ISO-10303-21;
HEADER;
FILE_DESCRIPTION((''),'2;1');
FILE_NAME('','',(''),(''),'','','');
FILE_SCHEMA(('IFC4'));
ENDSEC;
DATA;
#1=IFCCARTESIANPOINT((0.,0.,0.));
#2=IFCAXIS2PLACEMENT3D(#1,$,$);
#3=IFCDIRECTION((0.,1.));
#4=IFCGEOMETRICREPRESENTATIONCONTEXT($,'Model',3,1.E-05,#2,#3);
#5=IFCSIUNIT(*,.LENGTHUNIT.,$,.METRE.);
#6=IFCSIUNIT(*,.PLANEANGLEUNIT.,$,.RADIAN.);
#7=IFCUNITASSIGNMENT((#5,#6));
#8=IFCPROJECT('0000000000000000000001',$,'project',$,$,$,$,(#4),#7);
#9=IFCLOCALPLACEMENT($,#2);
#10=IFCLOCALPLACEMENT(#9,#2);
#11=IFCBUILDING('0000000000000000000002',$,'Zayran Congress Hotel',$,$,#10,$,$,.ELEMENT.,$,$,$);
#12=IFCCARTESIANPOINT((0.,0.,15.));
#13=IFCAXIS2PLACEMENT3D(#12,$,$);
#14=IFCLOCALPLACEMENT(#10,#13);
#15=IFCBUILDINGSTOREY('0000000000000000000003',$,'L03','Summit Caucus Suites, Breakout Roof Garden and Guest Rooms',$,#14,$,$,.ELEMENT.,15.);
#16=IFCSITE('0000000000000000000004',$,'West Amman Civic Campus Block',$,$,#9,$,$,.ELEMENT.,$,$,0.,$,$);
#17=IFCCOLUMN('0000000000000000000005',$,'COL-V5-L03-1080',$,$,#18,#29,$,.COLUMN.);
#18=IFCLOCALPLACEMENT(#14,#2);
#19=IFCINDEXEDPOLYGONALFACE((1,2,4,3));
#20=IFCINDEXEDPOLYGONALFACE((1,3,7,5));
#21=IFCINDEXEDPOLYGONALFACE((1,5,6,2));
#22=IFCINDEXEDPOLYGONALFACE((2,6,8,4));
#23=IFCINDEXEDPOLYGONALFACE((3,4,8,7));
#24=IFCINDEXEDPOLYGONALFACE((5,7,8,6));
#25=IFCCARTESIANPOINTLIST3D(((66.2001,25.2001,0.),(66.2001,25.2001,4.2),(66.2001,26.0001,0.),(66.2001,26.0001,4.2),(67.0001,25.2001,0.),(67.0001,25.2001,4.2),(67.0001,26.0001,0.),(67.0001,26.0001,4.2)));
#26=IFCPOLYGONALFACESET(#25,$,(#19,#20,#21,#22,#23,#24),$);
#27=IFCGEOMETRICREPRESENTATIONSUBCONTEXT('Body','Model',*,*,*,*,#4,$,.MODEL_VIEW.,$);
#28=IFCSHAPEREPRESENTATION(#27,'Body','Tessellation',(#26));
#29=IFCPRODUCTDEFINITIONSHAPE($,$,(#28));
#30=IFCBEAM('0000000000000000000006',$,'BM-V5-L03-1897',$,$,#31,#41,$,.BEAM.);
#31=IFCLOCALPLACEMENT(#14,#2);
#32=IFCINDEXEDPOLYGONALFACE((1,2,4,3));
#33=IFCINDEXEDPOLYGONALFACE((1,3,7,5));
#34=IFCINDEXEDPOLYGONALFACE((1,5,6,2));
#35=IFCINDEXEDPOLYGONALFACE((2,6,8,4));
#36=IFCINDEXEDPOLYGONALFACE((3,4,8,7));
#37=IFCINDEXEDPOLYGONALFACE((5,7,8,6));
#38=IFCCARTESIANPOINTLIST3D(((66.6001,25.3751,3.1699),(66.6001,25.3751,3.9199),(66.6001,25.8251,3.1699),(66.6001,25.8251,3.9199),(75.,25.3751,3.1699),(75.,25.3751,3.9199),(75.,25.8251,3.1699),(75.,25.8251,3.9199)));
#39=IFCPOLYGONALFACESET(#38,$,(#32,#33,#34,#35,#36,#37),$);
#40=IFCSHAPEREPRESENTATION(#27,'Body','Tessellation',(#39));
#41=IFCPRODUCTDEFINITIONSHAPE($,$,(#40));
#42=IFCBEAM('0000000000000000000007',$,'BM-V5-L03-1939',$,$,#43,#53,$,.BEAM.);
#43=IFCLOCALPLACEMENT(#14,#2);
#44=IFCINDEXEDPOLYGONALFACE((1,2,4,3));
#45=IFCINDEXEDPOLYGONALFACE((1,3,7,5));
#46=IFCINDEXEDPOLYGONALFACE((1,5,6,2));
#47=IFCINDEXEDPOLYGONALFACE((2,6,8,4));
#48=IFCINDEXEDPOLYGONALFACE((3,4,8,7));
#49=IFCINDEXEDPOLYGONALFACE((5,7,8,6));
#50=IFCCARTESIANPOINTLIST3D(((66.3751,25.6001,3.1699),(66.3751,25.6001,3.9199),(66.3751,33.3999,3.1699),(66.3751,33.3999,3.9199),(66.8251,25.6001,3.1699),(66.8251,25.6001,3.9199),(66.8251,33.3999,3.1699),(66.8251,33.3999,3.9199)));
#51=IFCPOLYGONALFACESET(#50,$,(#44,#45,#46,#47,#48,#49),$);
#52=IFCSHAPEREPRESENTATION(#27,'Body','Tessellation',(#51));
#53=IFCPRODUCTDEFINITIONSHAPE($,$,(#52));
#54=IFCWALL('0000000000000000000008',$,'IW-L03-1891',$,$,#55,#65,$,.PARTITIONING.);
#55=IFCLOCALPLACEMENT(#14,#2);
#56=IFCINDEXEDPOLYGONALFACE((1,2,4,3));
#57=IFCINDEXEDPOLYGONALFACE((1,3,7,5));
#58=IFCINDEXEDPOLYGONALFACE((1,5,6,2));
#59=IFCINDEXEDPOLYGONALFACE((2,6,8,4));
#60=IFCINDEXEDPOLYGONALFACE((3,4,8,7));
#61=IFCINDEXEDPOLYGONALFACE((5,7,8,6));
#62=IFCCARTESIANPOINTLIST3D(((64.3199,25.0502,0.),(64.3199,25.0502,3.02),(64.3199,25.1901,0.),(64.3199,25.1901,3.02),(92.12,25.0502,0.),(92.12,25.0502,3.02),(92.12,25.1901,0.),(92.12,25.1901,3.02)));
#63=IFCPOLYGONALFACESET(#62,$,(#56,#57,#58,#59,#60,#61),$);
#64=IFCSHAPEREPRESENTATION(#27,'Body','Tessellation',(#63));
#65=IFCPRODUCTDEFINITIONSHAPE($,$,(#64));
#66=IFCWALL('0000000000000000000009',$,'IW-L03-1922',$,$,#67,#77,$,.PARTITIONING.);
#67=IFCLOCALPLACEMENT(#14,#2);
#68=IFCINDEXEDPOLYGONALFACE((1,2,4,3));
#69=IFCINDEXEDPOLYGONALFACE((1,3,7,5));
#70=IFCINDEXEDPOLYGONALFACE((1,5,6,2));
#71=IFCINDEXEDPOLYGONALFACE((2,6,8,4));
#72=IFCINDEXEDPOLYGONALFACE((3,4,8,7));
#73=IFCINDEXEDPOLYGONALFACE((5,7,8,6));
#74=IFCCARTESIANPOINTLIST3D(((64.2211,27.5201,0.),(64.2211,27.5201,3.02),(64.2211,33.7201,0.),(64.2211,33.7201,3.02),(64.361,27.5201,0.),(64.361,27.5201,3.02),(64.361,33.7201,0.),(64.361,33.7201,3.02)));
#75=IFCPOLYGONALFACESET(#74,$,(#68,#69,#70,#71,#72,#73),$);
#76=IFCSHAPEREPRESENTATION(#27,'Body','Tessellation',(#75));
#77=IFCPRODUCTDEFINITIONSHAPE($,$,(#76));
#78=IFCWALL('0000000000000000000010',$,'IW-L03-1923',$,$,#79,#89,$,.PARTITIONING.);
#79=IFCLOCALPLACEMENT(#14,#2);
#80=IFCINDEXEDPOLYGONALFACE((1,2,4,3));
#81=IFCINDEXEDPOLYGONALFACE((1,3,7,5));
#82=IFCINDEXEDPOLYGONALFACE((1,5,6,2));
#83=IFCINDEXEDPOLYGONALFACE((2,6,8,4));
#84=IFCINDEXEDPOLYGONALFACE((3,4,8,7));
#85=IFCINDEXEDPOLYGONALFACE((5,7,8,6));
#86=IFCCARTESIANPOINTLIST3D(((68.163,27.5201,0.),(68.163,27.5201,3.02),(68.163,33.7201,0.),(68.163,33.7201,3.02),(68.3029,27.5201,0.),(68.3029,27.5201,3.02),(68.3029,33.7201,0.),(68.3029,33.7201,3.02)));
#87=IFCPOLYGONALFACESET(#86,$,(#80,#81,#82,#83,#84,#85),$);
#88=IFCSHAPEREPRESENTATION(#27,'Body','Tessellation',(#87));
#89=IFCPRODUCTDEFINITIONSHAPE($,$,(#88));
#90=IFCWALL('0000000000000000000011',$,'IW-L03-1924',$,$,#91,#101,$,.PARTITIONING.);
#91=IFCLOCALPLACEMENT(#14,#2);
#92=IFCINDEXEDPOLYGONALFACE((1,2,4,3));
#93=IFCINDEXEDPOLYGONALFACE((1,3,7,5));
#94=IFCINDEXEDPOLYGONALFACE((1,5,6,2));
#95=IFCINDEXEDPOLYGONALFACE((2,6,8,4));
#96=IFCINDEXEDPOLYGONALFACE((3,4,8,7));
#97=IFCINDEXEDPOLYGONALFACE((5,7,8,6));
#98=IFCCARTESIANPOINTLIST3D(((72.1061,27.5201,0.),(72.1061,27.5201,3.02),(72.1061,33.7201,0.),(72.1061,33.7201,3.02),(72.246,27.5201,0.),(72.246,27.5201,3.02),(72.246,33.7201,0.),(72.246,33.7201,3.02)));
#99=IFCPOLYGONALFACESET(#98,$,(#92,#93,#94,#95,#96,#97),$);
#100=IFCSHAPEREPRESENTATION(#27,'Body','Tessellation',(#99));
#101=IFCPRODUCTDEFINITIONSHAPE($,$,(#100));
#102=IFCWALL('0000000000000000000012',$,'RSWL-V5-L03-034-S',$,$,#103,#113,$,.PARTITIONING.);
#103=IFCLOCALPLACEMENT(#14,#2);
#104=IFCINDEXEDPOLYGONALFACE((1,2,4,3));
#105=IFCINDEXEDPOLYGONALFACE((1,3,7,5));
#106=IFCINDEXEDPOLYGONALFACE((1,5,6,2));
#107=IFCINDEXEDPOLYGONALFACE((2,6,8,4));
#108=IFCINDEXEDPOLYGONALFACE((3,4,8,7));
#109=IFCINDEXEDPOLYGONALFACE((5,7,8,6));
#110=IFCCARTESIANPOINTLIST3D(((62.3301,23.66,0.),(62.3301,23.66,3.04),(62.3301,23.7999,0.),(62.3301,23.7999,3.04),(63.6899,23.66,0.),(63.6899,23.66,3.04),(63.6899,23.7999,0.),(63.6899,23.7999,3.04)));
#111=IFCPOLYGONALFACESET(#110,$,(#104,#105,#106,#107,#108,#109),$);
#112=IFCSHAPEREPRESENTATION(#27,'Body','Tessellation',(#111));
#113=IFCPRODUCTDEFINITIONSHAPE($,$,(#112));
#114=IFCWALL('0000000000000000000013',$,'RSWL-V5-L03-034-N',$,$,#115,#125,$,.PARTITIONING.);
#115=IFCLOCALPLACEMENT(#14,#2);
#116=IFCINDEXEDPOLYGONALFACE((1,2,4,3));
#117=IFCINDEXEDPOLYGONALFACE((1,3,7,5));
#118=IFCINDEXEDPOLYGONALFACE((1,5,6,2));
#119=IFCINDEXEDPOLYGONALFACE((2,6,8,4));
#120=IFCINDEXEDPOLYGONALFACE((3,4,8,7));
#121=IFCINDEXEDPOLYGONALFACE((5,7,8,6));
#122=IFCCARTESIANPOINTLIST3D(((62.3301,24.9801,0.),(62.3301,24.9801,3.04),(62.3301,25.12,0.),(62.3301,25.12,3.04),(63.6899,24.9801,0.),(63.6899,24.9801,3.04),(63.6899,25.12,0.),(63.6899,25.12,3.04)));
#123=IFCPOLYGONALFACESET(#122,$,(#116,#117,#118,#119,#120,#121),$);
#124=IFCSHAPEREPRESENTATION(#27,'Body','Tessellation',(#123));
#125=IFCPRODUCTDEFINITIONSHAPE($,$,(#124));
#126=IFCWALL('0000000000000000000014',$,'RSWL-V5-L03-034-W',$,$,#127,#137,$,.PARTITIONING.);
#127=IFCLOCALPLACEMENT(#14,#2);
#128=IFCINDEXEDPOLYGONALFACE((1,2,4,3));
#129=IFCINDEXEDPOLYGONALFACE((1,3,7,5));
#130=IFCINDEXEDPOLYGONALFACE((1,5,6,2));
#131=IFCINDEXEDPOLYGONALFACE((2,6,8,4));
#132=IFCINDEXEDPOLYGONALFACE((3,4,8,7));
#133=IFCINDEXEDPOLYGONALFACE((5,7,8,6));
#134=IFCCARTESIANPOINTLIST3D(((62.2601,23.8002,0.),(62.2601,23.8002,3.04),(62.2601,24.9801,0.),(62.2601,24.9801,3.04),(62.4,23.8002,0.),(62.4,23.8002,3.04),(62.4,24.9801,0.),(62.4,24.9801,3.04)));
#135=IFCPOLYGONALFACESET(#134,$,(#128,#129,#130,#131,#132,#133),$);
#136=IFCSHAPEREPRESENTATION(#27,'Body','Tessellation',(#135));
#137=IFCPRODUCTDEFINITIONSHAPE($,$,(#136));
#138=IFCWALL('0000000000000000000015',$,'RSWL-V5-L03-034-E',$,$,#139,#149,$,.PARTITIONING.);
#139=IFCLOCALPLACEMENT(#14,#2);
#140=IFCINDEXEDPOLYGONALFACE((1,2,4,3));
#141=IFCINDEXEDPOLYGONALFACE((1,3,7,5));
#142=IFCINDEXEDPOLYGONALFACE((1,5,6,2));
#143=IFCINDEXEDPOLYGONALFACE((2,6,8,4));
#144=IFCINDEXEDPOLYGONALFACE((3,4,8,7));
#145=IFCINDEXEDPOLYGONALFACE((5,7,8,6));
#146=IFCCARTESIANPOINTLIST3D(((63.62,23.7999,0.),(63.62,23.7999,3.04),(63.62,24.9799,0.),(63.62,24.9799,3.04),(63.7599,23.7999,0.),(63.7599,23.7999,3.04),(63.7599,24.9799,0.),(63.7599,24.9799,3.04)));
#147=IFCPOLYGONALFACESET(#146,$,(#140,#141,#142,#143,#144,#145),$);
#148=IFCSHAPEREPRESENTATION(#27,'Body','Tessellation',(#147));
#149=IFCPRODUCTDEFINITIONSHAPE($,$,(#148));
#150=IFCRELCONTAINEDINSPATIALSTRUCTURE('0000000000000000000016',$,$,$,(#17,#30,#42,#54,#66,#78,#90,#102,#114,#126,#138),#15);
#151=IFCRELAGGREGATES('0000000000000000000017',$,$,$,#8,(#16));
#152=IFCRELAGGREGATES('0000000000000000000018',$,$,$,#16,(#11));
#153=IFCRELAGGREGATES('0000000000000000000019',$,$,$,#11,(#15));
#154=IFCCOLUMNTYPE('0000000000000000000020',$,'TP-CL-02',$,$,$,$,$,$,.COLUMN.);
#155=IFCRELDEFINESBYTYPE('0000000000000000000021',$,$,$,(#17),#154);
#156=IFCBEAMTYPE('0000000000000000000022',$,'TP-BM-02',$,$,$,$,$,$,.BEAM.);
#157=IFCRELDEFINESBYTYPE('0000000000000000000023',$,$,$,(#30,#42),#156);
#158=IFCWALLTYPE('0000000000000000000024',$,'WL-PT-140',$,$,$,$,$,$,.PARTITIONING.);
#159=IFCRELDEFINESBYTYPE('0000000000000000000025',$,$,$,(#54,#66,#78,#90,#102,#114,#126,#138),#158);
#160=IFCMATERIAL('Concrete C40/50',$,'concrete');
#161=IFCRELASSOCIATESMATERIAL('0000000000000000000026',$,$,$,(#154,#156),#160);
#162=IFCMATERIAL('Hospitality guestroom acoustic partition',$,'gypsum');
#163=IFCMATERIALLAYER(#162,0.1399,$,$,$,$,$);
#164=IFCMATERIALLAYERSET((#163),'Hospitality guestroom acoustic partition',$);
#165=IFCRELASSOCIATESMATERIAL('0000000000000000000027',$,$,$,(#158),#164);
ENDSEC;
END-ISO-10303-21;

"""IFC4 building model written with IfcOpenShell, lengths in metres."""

from ifc_helpers import new_model, si_unit, direction, frame, frame_2d, origin, origin_2d, place, context, subcontext, project, spatial, rectangle, extrude, material, layer, layer_set, material_profile, profile_set, type_object, element, save


model = new_model("IFC4")

# Units and contexts
model_context = context("Model", 3, precision=1e-05, world=origin(), true_north=direction((0.0, 1.0)))
body_context = subcontext(model_context, "Body", "Model", "MODEL_VIEW")
ifc_project = project(units=[si_unit("LENGTHUNIT", "METRE"), si_unit("PLANEANGLEUNIT", "RADIAN")], contexts=[model_context])

# Site, building, storey
site_placement = place(None, origin())
site = spatial("IfcSite", under=ifc_project, at=site_placement, Name="West Amman Civic Campus Block", CompositionType="ELEMENT", RefElevation=0.0)
building_placement = place(site_placement, origin())
building = spatial("IfcBuilding", under=site, at=building_placement, Name="Zayran Congress Hotel", CompositionType="ELEMENT")
storey_placement = place(building_placement, frame((0.0, 0.0, 15.0)))
storey = spatial("IfcBuildingStorey", under=building, at=storey_placement, Name="L03", Description="Summit Caucus Suites, Breakout Roof Garden and Guest Rooms", CompositionType="ELEMENT", Elevation=15.0)

# Column
ifc_material_1 = material(Name="Concrete C40/50", Category="concrete")
ifc_material_profile_1 = material_profile(ifc_material_1, rectangle(XDim=0.8, YDim=0.8, at=origin_2d()), Name="RC 800x800")
ifc_profile_set_1 = profile_set([ifc_material_profile_1], Name="Concrete C40/50")
column_type = type_object("IfcColumnType", Name="TP-CL-02", PredefinedType="COLUMN", material=ifc_profile_set_1)
column_placement = place(storey_placement, frame((66.6001, 25.6001, 0.0), z_axis=(0.0, 0.0, 1.0), x_axis=(1.0, 0.0, 0.0)))
element("IfcColumn", 1, at=column_placement, inside=storey, type_object=column_type, Name="COL-V5-L03-1080", PredefinedType="COLUMN", context=body_context, shape_type="SweptSolid", body=[
    extrude(rectangle(XDim=0.8, YDim=0.8, at=origin_2d()), origin(), (0.0, 0.0, 1.0), 4.2),
])

# Beams
ifc_material_profile_2 = material_profile(ifc_material_1, rectangle(XDim=0.45, YDim=0.75, at=origin_2d()), Name="RC 450x750")
ifc_profile_set_2 = profile_set([ifc_material_profile_2], Name="Concrete C40/50")
beam_type = type_object("IfcBeamType", Name="TP-BM-02", PredefinedType="BEAM", material=ifc_profile_set_2)
beam_1_placement = place(storey_placement, frame((66.6001, 25.6001, 3.5449), z_axis=(1.0, 0.0, 0.0), x_axis=(0.0, 1.0, 0.0)))
element("IfcBeam", 2, at=beam_1_placement, inside=storey, type_object=beam_type, Name="BM-V5-L03-1897", PredefinedType="BEAM", context=body_context, shape_type="SweptSolid", body=[
    extrude(rectangle(XDim=0.45, YDim=0.75, at=origin_2d()), origin(), (0.0, 0.0, 1.0), 8.3999),
])
beam_2_placement = place(storey_placement, frame((66.6001, 25.6001, 3.5449), z_axis=(0.0, 1.0, 0.0), x_axis=(-1.0, 0.0, 0.0)))
element("IfcBeam", 3, at=beam_2_placement, inside=storey, type_object=beam_type, Name="BM-V5-L03-1939", PredefinedType="BEAM", context=body_context, shape_type="SweptSolid", body=[
    extrude(rectangle(XDim=0.45, YDim=0.75, at=origin_2d()), origin(), (0.0, 0.0, 1.0), 7.7998),
])

# Walls
ifc_material_2 = material(Name="Hospitality guestroom acoustic partition", Category="gypsum")
ifc_layer_1 = layer(ifc_material_2, 0.1399)
ifc_layer_set_1 = layer_set([ifc_layer_1], Name="Hospitality guestroom acoustic partition")
wall_type_1 = type_object("IfcWallType", Name="WL-PT-140", PredefinedType="PARTITIONING", material=ifc_layer_set_1)
wall_1_placement = place(storey_placement, frame((64.3201, 25.1201, 0.0), z_axis=(0.0, 0.0, 1.0), x_axis=(1.0, 0.0, 0.0)))
element("IfcWall", 4, at=wall_1_placement, inside=storey, type_object=wall_type_1, Name="IW-L03-1891", PredefinedType="PARTITIONING", context=body_context, shape_type="SweptSolid", body=[
    extrude(rectangle(XDim=27.8, YDim=0.1399, at=frame_2d((13.8999, 0.0))), origin(), (0.0, 0.0, 1.0), 3.02),
])
for number, where, z_axis, x_axis, name in (
    (5, (64.291, 27.52, 0.0), (0.0, 0.0, 1.0), (0.0, 1.0, 0.0), "IW-L03-1922"),
    (6, (68.2329, 27.52, 0.0), (0.0, 0.0, 1.0), (0.0, 1.0, 0.0), "IW-L03-1923"),
    (7, (72.176, 27.52, 0.0), (0.0, 0.0, 1.0), (0.0, 1.0, 0.0), "IW-L03-1924"),
):
    element("IfcWall", number, at=place(storey_placement, frame(where, z_axis=z_axis, x_axis=x_axis)), inside=storey, type_object=wall_type_1, Name=name, PredefinedType="PARTITIONING", context=body_context, shape_type="SweptSolid", body=[
        extrude(rectangle(XDim=6.2, YDim=0.1399, at=frame_2d((3.1001, 0.0))), origin(), (0.0, 0.0, 1.0), 3.02),
    ])
for number, where, z_axis, x_axis, name in (
    (8, (62.3301, 23.73, 0.0), (0.0, 0.0, 1.0), (1.0, 0.0, 0.0), "RSWL-V5-L03-034-S"),
    (9, (63.6899, 25.05, 0.0), (0.0, 0.0, 1.0), (-1.0, 0.0, 0.0), "RSWL-V5-L03-034-N"),
):
    element("IfcWall", number, at=place(storey_placement, frame(where, z_axis=z_axis, x_axis=x_axis)), inside=storey, type_object=wall_type_1, Name=name, PredefinedType="PARTITIONING", context=body_context, shape_type="SweptSolid", body=[
        extrude(rectangle(XDim=1.3599, YDim=0.1399, at=frame_2d((0.6799, 0.0))), origin(), (0.0, 0.0, 1.0), 3.04),
    ])
for number, where, z_axis, x_axis, name in (
    (10, (62.3301, 24.98, 0.0), (0.0, 0.0, 1.0), (0.0, -1.0, 0.0), "RSWL-V5-L03-034-W"),
    (11, (63.6899, 23.8, 0.0), (0.0, 0.0, 1.0), (0.0, 1.0, 0.0), "RSWL-V5-L03-034-E"),
):
    element("IfcWall", number, at=place(storey_placement, frame(where, z_axis=z_axis, x_axis=x_axis)), inside=storey, type_object=wall_type_1, Name=name, PredefinedType="PARTITIONING", context=body_context, shape_type="SweptSolid", body=[
        extrude(rectangle(XDim=1.1799, YDim=0.1399, at=frame_2d((0.5898, 0.0))), origin(), (0.0, 0.0, 1.0), 3.04),
    ])

save(model, "model.ifc")
